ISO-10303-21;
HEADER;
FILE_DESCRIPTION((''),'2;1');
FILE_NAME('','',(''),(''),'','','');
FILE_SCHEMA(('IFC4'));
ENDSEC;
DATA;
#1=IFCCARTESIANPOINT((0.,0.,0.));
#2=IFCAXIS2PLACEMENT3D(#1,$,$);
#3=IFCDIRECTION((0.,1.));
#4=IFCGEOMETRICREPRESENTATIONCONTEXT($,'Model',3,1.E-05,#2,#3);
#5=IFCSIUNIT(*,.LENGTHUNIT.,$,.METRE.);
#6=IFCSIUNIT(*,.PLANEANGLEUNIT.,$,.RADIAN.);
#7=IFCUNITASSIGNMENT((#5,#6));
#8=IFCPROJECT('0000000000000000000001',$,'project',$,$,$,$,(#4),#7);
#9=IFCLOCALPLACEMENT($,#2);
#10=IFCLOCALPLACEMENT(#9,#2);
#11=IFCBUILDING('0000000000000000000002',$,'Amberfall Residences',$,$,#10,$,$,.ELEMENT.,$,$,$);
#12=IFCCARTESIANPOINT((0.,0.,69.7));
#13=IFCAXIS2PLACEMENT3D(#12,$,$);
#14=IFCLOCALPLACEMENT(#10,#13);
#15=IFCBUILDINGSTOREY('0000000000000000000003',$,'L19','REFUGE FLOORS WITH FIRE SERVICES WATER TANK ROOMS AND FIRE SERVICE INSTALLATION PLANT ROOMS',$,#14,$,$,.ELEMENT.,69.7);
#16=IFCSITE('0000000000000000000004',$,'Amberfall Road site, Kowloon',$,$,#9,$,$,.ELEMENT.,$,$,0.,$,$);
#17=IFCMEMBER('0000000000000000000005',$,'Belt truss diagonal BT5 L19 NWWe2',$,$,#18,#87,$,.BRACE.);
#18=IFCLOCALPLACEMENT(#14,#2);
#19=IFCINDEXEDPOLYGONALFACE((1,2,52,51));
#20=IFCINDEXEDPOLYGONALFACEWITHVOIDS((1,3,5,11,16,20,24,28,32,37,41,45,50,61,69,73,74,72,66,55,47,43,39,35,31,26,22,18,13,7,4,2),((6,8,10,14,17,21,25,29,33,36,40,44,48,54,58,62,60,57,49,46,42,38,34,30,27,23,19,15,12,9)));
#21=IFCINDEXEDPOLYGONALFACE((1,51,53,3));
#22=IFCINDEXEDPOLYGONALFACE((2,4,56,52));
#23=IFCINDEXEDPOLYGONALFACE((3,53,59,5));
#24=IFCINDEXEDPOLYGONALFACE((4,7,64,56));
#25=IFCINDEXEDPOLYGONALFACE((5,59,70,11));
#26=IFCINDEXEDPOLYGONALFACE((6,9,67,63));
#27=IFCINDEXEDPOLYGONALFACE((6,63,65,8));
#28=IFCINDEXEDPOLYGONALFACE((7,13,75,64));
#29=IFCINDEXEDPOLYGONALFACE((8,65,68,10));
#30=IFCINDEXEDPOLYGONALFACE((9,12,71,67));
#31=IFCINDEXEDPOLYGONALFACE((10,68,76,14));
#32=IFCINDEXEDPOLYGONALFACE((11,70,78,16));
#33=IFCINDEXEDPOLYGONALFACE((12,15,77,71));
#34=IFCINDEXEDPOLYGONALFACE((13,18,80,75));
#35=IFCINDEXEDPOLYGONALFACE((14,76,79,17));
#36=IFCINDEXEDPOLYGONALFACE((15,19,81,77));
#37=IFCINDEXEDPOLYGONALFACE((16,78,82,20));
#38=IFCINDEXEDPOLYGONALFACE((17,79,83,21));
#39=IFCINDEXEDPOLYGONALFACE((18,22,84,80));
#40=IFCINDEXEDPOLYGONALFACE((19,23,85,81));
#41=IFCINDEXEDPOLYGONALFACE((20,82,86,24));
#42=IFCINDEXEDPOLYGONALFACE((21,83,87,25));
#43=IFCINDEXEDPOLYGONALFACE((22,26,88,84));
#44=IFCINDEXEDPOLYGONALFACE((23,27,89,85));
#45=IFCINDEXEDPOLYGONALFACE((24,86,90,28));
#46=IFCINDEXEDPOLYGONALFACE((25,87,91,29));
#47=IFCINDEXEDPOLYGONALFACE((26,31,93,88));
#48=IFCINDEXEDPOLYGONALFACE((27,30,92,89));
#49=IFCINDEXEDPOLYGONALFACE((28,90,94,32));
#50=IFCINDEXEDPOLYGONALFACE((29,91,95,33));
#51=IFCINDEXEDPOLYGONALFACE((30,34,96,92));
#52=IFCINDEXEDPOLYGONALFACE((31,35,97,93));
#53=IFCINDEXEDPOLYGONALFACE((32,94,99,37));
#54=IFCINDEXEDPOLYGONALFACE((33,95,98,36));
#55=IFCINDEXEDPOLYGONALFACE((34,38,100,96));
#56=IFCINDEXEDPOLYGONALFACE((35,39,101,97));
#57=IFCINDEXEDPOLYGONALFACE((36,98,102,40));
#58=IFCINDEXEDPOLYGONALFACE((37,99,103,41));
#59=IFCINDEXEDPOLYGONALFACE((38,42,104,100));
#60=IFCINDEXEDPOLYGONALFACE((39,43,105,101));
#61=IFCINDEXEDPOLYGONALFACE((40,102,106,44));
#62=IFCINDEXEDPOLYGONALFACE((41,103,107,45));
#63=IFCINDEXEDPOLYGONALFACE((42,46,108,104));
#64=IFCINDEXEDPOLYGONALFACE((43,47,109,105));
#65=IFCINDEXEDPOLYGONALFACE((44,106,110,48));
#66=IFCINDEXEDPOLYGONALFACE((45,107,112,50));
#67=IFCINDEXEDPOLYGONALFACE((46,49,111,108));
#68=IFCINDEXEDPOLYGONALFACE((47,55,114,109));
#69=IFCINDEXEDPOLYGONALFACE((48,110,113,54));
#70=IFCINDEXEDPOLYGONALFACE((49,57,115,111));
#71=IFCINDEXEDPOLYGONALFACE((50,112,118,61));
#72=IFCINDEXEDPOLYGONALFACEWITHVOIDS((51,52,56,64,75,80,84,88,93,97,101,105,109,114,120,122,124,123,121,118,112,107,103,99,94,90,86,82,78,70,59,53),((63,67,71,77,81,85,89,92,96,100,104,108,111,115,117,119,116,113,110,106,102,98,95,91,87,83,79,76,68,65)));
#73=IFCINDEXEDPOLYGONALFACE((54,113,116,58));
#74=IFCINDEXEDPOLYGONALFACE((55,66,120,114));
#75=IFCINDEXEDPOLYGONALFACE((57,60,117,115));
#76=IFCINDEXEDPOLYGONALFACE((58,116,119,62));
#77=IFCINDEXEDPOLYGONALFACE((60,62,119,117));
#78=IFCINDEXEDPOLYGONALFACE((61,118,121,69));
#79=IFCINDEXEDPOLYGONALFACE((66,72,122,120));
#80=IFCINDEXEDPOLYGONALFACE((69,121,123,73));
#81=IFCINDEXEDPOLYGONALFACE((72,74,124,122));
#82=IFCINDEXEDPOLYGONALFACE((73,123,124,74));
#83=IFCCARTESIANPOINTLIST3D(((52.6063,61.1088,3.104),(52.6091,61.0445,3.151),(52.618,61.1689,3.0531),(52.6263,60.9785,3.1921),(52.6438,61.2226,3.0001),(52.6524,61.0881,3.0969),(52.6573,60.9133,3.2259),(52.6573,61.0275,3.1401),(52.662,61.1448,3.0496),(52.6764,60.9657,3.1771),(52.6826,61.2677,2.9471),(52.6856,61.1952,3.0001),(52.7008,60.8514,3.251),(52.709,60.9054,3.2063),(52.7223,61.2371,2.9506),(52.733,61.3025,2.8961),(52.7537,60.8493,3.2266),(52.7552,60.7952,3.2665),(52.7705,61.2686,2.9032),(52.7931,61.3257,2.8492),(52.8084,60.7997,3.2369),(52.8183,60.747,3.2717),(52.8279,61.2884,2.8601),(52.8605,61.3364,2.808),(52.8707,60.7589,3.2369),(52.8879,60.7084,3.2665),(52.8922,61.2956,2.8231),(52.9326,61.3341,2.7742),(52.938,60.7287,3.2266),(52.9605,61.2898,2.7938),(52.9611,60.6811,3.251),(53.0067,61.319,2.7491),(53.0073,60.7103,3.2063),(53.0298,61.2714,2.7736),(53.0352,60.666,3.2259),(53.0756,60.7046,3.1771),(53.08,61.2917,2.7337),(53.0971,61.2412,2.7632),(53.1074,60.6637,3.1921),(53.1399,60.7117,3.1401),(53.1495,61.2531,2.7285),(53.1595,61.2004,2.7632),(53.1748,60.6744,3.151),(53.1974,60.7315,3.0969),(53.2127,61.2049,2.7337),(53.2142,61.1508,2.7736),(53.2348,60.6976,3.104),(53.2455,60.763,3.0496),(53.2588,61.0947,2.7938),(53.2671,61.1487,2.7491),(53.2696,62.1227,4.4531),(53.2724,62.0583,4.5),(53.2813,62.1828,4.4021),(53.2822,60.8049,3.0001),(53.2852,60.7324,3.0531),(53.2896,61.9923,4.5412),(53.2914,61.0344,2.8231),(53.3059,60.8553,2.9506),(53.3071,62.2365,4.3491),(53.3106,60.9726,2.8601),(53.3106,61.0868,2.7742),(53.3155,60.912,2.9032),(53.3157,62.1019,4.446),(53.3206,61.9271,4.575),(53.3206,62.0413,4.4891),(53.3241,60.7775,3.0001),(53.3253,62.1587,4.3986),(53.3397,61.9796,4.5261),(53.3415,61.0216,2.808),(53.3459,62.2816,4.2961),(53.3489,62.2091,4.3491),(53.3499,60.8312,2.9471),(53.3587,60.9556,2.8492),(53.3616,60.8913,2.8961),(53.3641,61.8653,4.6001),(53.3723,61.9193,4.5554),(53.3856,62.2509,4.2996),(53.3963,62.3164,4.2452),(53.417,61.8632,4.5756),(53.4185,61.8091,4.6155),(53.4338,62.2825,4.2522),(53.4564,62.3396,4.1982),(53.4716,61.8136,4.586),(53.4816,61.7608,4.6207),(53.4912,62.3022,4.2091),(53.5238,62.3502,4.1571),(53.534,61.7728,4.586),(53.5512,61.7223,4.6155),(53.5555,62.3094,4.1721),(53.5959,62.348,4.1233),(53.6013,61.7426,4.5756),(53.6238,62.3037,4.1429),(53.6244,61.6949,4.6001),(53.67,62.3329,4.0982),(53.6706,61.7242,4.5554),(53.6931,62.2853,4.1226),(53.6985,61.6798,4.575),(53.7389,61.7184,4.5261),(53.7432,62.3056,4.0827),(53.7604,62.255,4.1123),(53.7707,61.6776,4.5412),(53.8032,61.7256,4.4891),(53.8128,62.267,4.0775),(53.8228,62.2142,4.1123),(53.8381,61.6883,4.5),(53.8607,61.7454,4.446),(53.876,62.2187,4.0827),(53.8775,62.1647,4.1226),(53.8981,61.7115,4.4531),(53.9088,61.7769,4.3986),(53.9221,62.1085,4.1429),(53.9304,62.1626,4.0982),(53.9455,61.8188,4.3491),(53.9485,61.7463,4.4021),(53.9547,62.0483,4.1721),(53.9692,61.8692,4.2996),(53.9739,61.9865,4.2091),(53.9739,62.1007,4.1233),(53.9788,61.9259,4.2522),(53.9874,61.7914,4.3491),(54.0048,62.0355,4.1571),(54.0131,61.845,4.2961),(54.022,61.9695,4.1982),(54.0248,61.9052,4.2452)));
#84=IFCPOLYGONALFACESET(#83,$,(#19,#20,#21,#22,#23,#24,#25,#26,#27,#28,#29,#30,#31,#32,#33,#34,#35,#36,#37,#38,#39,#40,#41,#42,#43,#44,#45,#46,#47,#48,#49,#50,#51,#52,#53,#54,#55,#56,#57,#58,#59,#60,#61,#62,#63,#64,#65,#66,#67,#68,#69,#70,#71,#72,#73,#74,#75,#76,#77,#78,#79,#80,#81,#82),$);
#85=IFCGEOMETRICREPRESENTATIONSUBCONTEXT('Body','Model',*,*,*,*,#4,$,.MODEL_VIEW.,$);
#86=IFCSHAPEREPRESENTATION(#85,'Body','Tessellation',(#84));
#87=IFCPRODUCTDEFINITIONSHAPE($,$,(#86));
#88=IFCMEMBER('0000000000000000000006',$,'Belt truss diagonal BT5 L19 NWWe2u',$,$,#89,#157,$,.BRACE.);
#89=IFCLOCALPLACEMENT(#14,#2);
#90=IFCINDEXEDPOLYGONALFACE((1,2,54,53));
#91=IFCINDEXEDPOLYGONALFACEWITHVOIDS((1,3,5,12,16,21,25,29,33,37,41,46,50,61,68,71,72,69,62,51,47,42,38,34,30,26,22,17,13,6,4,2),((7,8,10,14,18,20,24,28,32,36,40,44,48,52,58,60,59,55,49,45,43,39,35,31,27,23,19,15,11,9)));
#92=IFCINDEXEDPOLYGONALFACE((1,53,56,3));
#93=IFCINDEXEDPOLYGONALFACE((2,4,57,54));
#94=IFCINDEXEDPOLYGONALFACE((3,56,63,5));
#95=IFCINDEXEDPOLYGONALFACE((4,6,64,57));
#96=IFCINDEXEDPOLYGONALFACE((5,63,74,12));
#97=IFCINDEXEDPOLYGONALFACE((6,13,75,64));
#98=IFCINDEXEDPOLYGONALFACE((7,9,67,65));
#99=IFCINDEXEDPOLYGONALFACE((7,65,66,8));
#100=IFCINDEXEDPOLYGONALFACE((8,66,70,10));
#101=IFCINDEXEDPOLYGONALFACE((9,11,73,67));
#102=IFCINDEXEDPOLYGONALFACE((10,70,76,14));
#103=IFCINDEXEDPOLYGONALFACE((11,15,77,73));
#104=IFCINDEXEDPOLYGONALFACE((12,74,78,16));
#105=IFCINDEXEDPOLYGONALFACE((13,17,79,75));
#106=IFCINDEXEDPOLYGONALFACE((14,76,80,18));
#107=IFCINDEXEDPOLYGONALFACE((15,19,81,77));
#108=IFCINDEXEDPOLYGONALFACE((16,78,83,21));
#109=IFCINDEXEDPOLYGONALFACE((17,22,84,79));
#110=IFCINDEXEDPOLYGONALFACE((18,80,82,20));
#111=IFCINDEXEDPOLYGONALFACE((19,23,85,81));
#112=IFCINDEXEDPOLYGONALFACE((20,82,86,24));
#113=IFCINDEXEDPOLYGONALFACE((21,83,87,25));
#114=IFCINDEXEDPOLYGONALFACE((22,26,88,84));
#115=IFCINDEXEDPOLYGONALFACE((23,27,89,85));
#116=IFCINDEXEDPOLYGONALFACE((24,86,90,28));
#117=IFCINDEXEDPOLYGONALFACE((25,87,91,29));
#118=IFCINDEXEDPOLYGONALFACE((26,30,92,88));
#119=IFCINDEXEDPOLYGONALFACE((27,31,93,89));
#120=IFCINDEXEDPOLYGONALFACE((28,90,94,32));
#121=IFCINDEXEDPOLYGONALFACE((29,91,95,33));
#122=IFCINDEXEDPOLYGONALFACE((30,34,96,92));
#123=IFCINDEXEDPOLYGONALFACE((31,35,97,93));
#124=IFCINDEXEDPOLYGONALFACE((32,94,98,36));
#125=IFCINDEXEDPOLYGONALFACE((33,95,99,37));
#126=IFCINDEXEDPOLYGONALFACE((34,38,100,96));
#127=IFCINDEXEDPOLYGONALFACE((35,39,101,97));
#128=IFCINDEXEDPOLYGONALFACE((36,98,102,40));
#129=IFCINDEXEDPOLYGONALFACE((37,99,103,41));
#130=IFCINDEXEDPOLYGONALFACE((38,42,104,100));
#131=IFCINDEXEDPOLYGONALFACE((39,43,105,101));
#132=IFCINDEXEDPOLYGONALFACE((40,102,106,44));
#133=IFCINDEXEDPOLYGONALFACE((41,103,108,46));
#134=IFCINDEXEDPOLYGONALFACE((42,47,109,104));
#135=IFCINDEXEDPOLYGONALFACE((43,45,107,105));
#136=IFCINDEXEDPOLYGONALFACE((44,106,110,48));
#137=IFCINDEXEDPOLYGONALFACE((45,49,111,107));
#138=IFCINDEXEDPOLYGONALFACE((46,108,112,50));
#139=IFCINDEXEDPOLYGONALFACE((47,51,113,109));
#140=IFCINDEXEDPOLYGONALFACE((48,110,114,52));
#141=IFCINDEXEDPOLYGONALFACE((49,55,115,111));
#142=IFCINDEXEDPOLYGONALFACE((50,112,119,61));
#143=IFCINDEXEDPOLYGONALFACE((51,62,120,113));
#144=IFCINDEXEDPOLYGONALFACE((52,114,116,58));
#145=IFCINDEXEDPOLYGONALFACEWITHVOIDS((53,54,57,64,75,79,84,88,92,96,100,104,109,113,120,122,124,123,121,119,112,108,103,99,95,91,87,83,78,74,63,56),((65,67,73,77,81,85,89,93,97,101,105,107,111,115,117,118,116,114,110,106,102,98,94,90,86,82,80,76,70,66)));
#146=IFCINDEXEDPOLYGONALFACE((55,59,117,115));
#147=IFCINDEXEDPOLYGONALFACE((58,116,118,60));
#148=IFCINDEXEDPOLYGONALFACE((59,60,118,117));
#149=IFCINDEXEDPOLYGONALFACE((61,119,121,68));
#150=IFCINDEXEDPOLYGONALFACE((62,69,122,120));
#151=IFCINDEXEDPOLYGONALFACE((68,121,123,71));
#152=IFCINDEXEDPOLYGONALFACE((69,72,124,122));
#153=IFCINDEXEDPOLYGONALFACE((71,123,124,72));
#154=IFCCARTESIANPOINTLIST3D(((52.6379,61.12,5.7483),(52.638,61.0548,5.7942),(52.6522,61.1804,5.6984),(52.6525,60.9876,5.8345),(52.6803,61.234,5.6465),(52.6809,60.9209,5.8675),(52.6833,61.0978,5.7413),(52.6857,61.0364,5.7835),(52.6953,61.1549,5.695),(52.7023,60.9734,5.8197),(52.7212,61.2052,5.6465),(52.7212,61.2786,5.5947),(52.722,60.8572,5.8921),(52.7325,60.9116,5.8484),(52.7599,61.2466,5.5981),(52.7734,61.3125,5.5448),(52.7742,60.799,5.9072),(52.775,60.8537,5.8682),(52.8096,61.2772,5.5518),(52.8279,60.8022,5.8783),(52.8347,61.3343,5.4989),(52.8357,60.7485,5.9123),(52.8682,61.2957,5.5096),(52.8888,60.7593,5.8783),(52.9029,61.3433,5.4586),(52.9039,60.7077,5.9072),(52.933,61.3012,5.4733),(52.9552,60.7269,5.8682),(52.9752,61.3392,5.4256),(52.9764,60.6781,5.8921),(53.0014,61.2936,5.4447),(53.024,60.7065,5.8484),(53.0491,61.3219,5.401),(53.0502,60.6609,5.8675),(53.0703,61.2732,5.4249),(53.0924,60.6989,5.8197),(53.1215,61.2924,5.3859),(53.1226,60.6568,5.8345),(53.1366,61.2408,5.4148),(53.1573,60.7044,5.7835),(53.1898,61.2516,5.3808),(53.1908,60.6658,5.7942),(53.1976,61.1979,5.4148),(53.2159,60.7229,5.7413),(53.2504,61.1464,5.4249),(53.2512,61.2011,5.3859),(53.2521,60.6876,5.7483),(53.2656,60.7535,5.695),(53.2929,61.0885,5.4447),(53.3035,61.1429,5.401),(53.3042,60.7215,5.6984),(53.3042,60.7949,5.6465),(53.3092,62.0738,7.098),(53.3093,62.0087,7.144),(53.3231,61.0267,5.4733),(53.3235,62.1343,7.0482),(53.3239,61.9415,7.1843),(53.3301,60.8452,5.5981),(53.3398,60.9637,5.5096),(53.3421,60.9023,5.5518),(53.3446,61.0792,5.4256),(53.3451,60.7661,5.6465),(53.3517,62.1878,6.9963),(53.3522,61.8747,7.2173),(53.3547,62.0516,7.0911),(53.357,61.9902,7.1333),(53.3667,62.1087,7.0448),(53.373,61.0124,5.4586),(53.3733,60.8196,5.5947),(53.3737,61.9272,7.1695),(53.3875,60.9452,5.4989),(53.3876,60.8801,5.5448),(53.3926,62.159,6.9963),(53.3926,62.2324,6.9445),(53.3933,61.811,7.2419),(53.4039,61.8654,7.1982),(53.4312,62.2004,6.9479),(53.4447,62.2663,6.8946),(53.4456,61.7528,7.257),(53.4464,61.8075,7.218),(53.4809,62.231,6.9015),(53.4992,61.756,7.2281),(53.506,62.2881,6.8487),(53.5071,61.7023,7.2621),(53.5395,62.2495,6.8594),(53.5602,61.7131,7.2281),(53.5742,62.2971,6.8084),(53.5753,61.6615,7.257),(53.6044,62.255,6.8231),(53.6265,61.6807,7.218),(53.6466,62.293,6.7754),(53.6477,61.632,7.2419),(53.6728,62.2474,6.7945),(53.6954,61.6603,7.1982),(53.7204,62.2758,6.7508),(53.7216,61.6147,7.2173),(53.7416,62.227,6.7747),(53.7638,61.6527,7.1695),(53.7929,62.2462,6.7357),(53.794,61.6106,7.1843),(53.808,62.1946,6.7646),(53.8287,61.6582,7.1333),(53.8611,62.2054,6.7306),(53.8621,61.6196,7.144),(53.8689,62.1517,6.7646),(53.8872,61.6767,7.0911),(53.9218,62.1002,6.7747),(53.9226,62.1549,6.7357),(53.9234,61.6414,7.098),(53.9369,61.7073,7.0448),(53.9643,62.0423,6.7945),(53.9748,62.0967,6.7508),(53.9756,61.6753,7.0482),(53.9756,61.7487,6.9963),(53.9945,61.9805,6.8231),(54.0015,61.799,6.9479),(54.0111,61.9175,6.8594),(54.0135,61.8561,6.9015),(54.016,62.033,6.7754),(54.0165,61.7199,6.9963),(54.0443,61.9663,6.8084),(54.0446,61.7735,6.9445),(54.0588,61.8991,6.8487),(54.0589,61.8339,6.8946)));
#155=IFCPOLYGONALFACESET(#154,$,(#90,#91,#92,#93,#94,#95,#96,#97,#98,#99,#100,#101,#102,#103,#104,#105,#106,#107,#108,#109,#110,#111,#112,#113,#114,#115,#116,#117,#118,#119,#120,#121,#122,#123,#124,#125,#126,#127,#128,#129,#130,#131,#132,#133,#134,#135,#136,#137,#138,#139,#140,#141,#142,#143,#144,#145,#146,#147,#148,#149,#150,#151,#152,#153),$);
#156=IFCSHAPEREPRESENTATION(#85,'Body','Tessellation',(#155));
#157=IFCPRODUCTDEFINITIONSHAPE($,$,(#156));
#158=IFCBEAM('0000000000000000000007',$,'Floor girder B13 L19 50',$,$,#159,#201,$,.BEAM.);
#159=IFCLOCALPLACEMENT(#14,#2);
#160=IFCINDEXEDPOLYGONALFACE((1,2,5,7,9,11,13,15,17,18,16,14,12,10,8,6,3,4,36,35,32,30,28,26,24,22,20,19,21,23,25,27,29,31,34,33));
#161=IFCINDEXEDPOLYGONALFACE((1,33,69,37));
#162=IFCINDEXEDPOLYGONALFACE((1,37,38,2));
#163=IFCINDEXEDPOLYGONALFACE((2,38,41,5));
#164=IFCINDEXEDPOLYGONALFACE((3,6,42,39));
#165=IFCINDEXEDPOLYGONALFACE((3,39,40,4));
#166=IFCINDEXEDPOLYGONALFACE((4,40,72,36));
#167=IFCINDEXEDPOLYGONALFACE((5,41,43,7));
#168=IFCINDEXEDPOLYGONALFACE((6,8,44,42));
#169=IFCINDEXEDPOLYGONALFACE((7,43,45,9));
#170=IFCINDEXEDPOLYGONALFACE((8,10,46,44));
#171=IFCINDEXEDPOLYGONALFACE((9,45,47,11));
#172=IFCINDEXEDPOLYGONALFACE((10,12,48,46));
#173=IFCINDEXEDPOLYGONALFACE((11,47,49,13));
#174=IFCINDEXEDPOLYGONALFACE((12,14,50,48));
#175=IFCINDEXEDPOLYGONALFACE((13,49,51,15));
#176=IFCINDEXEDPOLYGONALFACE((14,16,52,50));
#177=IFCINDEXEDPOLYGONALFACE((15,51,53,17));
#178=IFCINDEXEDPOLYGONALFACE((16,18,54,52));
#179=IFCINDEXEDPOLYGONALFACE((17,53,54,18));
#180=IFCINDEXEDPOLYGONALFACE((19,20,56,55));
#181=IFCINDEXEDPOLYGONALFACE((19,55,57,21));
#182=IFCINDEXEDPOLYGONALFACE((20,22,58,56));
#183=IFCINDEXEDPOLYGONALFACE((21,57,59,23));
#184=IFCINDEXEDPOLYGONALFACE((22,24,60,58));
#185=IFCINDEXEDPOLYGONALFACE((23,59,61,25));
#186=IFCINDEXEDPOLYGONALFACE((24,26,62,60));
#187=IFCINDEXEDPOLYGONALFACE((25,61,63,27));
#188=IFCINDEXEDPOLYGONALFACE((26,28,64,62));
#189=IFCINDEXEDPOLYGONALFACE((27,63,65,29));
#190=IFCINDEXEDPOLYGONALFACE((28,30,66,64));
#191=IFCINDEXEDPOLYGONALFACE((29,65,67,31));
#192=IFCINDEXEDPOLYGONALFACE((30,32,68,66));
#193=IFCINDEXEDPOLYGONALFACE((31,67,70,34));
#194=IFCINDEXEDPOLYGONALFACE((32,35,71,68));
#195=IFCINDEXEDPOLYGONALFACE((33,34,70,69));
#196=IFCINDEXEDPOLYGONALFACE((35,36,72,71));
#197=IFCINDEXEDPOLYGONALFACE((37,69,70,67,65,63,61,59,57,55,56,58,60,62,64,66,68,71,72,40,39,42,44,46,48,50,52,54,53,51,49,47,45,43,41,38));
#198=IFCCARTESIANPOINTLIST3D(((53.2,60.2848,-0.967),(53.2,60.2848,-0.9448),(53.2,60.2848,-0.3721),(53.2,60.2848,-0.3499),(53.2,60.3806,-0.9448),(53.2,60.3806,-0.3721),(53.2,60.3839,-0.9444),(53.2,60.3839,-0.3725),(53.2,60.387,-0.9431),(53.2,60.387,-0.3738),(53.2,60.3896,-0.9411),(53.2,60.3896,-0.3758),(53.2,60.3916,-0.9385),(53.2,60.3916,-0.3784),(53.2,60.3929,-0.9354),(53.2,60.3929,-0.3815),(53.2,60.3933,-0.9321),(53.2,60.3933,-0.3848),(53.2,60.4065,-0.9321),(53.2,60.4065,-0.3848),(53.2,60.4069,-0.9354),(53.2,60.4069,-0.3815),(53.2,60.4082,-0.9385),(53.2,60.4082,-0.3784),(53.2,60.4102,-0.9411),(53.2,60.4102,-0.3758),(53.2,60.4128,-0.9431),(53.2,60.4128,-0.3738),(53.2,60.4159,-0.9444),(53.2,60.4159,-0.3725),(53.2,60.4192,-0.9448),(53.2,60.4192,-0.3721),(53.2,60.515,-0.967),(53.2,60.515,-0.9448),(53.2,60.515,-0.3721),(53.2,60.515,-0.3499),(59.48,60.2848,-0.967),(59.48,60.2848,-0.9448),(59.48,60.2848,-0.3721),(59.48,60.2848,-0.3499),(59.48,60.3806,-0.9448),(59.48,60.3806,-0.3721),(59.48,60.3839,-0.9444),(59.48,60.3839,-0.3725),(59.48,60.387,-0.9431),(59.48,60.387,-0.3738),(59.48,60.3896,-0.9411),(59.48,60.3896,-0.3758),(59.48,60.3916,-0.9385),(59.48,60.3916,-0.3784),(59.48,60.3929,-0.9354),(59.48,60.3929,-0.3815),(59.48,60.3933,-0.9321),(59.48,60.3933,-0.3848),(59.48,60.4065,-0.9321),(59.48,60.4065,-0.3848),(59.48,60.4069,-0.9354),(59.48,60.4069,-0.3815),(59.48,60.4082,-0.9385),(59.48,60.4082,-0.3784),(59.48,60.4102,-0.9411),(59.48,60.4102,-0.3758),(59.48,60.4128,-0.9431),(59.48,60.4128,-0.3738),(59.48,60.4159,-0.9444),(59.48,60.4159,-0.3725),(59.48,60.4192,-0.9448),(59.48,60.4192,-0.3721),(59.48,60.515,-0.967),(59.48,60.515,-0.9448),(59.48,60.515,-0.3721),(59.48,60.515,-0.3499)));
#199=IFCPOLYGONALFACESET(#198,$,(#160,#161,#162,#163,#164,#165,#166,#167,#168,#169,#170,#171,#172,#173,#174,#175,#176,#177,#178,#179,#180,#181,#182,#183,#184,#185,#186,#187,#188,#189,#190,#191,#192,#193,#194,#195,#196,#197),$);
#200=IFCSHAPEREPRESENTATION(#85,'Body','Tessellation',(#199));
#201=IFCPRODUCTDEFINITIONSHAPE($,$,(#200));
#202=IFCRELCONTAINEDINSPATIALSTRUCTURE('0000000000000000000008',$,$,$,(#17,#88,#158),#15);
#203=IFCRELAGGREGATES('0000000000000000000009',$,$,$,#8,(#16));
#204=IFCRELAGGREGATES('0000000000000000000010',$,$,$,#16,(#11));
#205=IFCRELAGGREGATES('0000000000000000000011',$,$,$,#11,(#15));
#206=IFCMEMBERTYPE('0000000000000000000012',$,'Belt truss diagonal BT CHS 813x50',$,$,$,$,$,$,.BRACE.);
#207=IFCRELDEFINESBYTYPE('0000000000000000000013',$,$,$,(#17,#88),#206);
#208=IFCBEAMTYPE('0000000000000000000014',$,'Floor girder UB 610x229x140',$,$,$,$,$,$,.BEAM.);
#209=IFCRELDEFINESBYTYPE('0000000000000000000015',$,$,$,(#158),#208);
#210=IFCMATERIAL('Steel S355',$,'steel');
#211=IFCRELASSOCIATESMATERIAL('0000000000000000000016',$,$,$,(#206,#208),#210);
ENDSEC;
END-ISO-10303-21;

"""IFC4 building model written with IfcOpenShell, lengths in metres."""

from ifc_helpers import new_model, si_unit, direction, frame, origin, origin_2d, place, context, subcontext, project, spatial, hollow_circle, i_section, extrude, material, material_profile, profile_set, type_object, element, save


model = new_model("IFC4")

# Units and contexts
model_context = context("Model", 3, precision=1e-05, world=origin(), true_north=direction((0.0, 1.0)))
body_context = subcontext(model_context, "Body", "Model", "MODEL_VIEW")
ifc_project = project(units=[si_unit("LENGTHUNIT", "METRE"), si_unit("PLANEANGLEUNIT", "RADIAN")], contexts=[model_context])

# Site, building, storey
site_placement = place(None, origin())
site = spatial("IfcSite", under=ifc_project, at=site_placement, Name="Amberfall Road site, Kowloon", CompositionType="ELEMENT", RefElevation=0.0)
building_placement = place(site_placement, origin())
building = spatial("IfcBuilding", under=site, at=building_placement, Name="Amberfall Residences", CompositionType="ELEMENT")
storey_placement = place(building_placement, frame((0.0, 0.0, 69.7)))
storey = spatial("IfcBuildingStorey", under=building, at=storey_placement, Name="L19", Description="REFUGE FLOORS WITH FIRE SERVICES WATER TANK ROOMS AND FIRE SERVICE INSTALLATION PLANT ROOMS", CompositionType="ELEMENT", Elevation=69.7)

# Members
ifc_material_1 = material(Name="Steel S355", Category="steel")
ifc_material_profile_1 = material_profile(ifc_material_1, hollow_circle(Radius=0.4065, WallThickness=0.05, at=origin_2d()), Name="CHS 813x50")
ifc_profile_set_1 = profile_set([ifc_material_profile_1], Name="Steel S355")
member_type_1 = type_object("IfcMemberType", Name="Belt truss diagonal BT CHS 813x50", PredefinedType="BRACE", material=ifc_profile_set_1)
member_1_placement = place(storey_placement, frame((53.6472, 62.0139, 4.3491), z_axis=(-0.365808, -0.559146, -0.744003), x_axis=(0.836824, -0.547472, 0.0)))
element("IfcMember", 1, at=member_1_placement, inside=storey, type_object=member_type_1, Name="Belt truss diagonal BT5 L19 NWWe2", PredefinedType="BRACE", context=body_context, shape_type="SweptSolid", body=[
    extrude(hollow_circle(Radius=0.4065, WallThickness=0.05, at=origin_2d()), origin(), (0.0, 0.0, 1.0), 1.8132),
])
member_2_placement = place(storey_placement, frame((53.6841, 61.9539, 6.9963), z_axis=(-0.376335, -0.534669, -0.756638), x_axis=(0.817744, -0.575582, 0.0)))
element("IfcMember", 2, at=member_2_placement, inside=storey, type_object=member_type_1, Name="Belt truss diagonal BT5 L19 NWWe2u", PredefinedType="BRACE", context=body_context, shape_type="SweptSolid", body=[
    extrude(hollow_circle(Radius=0.4065, WallThickness=0.05, at=origin_2d()), origin(), (0.0, 0.0, 1.0), 1.7839),
])

# Beam
ifc_material_profile_2 = material_profile(ifc_material_1, i_section(OverallWidth=0.2302, OverallDepth=0.6172, WebThickness=0.0132, FlangeThickness=0.0222, FilletRadius=0.0127, at=origin_2d()), Name="UB 610x229x140")
ifc_profile_set_2 = profile_set([ifc_material_profile_2], Name="Steel S355")
beam_type = type_object("IfcBeamType", Name="Floor girder UB 610x229x140", PredefinedType="BEAM", material=ifc_profile_set_2)
beam_placement = place(storey_placement, frame((53.2, 60.3999, -0.6584), z_axis=(1.0, 0.0, 0.0), x_axis=(0.0, 1.0, 0.0)))
element("IfcBeam", 3, at=beam_placement, inside=storey, type_object=beam_type, Name="Floor girder B13 L19 50", PredefinedType="BEAM", context=body_context, shape_type="SweptSolid", body=[
    extrude(i_section(OverallWidth=0.2302, OverallDepth=0.6172, WebThickness=0.0132, FlangeThickness=0.0222, FilletRadius=0.0127, at=origin_2d()), origin(), (0.0, 0.0, 1.0), 6.28),
])

save(model, "model.ifc")
